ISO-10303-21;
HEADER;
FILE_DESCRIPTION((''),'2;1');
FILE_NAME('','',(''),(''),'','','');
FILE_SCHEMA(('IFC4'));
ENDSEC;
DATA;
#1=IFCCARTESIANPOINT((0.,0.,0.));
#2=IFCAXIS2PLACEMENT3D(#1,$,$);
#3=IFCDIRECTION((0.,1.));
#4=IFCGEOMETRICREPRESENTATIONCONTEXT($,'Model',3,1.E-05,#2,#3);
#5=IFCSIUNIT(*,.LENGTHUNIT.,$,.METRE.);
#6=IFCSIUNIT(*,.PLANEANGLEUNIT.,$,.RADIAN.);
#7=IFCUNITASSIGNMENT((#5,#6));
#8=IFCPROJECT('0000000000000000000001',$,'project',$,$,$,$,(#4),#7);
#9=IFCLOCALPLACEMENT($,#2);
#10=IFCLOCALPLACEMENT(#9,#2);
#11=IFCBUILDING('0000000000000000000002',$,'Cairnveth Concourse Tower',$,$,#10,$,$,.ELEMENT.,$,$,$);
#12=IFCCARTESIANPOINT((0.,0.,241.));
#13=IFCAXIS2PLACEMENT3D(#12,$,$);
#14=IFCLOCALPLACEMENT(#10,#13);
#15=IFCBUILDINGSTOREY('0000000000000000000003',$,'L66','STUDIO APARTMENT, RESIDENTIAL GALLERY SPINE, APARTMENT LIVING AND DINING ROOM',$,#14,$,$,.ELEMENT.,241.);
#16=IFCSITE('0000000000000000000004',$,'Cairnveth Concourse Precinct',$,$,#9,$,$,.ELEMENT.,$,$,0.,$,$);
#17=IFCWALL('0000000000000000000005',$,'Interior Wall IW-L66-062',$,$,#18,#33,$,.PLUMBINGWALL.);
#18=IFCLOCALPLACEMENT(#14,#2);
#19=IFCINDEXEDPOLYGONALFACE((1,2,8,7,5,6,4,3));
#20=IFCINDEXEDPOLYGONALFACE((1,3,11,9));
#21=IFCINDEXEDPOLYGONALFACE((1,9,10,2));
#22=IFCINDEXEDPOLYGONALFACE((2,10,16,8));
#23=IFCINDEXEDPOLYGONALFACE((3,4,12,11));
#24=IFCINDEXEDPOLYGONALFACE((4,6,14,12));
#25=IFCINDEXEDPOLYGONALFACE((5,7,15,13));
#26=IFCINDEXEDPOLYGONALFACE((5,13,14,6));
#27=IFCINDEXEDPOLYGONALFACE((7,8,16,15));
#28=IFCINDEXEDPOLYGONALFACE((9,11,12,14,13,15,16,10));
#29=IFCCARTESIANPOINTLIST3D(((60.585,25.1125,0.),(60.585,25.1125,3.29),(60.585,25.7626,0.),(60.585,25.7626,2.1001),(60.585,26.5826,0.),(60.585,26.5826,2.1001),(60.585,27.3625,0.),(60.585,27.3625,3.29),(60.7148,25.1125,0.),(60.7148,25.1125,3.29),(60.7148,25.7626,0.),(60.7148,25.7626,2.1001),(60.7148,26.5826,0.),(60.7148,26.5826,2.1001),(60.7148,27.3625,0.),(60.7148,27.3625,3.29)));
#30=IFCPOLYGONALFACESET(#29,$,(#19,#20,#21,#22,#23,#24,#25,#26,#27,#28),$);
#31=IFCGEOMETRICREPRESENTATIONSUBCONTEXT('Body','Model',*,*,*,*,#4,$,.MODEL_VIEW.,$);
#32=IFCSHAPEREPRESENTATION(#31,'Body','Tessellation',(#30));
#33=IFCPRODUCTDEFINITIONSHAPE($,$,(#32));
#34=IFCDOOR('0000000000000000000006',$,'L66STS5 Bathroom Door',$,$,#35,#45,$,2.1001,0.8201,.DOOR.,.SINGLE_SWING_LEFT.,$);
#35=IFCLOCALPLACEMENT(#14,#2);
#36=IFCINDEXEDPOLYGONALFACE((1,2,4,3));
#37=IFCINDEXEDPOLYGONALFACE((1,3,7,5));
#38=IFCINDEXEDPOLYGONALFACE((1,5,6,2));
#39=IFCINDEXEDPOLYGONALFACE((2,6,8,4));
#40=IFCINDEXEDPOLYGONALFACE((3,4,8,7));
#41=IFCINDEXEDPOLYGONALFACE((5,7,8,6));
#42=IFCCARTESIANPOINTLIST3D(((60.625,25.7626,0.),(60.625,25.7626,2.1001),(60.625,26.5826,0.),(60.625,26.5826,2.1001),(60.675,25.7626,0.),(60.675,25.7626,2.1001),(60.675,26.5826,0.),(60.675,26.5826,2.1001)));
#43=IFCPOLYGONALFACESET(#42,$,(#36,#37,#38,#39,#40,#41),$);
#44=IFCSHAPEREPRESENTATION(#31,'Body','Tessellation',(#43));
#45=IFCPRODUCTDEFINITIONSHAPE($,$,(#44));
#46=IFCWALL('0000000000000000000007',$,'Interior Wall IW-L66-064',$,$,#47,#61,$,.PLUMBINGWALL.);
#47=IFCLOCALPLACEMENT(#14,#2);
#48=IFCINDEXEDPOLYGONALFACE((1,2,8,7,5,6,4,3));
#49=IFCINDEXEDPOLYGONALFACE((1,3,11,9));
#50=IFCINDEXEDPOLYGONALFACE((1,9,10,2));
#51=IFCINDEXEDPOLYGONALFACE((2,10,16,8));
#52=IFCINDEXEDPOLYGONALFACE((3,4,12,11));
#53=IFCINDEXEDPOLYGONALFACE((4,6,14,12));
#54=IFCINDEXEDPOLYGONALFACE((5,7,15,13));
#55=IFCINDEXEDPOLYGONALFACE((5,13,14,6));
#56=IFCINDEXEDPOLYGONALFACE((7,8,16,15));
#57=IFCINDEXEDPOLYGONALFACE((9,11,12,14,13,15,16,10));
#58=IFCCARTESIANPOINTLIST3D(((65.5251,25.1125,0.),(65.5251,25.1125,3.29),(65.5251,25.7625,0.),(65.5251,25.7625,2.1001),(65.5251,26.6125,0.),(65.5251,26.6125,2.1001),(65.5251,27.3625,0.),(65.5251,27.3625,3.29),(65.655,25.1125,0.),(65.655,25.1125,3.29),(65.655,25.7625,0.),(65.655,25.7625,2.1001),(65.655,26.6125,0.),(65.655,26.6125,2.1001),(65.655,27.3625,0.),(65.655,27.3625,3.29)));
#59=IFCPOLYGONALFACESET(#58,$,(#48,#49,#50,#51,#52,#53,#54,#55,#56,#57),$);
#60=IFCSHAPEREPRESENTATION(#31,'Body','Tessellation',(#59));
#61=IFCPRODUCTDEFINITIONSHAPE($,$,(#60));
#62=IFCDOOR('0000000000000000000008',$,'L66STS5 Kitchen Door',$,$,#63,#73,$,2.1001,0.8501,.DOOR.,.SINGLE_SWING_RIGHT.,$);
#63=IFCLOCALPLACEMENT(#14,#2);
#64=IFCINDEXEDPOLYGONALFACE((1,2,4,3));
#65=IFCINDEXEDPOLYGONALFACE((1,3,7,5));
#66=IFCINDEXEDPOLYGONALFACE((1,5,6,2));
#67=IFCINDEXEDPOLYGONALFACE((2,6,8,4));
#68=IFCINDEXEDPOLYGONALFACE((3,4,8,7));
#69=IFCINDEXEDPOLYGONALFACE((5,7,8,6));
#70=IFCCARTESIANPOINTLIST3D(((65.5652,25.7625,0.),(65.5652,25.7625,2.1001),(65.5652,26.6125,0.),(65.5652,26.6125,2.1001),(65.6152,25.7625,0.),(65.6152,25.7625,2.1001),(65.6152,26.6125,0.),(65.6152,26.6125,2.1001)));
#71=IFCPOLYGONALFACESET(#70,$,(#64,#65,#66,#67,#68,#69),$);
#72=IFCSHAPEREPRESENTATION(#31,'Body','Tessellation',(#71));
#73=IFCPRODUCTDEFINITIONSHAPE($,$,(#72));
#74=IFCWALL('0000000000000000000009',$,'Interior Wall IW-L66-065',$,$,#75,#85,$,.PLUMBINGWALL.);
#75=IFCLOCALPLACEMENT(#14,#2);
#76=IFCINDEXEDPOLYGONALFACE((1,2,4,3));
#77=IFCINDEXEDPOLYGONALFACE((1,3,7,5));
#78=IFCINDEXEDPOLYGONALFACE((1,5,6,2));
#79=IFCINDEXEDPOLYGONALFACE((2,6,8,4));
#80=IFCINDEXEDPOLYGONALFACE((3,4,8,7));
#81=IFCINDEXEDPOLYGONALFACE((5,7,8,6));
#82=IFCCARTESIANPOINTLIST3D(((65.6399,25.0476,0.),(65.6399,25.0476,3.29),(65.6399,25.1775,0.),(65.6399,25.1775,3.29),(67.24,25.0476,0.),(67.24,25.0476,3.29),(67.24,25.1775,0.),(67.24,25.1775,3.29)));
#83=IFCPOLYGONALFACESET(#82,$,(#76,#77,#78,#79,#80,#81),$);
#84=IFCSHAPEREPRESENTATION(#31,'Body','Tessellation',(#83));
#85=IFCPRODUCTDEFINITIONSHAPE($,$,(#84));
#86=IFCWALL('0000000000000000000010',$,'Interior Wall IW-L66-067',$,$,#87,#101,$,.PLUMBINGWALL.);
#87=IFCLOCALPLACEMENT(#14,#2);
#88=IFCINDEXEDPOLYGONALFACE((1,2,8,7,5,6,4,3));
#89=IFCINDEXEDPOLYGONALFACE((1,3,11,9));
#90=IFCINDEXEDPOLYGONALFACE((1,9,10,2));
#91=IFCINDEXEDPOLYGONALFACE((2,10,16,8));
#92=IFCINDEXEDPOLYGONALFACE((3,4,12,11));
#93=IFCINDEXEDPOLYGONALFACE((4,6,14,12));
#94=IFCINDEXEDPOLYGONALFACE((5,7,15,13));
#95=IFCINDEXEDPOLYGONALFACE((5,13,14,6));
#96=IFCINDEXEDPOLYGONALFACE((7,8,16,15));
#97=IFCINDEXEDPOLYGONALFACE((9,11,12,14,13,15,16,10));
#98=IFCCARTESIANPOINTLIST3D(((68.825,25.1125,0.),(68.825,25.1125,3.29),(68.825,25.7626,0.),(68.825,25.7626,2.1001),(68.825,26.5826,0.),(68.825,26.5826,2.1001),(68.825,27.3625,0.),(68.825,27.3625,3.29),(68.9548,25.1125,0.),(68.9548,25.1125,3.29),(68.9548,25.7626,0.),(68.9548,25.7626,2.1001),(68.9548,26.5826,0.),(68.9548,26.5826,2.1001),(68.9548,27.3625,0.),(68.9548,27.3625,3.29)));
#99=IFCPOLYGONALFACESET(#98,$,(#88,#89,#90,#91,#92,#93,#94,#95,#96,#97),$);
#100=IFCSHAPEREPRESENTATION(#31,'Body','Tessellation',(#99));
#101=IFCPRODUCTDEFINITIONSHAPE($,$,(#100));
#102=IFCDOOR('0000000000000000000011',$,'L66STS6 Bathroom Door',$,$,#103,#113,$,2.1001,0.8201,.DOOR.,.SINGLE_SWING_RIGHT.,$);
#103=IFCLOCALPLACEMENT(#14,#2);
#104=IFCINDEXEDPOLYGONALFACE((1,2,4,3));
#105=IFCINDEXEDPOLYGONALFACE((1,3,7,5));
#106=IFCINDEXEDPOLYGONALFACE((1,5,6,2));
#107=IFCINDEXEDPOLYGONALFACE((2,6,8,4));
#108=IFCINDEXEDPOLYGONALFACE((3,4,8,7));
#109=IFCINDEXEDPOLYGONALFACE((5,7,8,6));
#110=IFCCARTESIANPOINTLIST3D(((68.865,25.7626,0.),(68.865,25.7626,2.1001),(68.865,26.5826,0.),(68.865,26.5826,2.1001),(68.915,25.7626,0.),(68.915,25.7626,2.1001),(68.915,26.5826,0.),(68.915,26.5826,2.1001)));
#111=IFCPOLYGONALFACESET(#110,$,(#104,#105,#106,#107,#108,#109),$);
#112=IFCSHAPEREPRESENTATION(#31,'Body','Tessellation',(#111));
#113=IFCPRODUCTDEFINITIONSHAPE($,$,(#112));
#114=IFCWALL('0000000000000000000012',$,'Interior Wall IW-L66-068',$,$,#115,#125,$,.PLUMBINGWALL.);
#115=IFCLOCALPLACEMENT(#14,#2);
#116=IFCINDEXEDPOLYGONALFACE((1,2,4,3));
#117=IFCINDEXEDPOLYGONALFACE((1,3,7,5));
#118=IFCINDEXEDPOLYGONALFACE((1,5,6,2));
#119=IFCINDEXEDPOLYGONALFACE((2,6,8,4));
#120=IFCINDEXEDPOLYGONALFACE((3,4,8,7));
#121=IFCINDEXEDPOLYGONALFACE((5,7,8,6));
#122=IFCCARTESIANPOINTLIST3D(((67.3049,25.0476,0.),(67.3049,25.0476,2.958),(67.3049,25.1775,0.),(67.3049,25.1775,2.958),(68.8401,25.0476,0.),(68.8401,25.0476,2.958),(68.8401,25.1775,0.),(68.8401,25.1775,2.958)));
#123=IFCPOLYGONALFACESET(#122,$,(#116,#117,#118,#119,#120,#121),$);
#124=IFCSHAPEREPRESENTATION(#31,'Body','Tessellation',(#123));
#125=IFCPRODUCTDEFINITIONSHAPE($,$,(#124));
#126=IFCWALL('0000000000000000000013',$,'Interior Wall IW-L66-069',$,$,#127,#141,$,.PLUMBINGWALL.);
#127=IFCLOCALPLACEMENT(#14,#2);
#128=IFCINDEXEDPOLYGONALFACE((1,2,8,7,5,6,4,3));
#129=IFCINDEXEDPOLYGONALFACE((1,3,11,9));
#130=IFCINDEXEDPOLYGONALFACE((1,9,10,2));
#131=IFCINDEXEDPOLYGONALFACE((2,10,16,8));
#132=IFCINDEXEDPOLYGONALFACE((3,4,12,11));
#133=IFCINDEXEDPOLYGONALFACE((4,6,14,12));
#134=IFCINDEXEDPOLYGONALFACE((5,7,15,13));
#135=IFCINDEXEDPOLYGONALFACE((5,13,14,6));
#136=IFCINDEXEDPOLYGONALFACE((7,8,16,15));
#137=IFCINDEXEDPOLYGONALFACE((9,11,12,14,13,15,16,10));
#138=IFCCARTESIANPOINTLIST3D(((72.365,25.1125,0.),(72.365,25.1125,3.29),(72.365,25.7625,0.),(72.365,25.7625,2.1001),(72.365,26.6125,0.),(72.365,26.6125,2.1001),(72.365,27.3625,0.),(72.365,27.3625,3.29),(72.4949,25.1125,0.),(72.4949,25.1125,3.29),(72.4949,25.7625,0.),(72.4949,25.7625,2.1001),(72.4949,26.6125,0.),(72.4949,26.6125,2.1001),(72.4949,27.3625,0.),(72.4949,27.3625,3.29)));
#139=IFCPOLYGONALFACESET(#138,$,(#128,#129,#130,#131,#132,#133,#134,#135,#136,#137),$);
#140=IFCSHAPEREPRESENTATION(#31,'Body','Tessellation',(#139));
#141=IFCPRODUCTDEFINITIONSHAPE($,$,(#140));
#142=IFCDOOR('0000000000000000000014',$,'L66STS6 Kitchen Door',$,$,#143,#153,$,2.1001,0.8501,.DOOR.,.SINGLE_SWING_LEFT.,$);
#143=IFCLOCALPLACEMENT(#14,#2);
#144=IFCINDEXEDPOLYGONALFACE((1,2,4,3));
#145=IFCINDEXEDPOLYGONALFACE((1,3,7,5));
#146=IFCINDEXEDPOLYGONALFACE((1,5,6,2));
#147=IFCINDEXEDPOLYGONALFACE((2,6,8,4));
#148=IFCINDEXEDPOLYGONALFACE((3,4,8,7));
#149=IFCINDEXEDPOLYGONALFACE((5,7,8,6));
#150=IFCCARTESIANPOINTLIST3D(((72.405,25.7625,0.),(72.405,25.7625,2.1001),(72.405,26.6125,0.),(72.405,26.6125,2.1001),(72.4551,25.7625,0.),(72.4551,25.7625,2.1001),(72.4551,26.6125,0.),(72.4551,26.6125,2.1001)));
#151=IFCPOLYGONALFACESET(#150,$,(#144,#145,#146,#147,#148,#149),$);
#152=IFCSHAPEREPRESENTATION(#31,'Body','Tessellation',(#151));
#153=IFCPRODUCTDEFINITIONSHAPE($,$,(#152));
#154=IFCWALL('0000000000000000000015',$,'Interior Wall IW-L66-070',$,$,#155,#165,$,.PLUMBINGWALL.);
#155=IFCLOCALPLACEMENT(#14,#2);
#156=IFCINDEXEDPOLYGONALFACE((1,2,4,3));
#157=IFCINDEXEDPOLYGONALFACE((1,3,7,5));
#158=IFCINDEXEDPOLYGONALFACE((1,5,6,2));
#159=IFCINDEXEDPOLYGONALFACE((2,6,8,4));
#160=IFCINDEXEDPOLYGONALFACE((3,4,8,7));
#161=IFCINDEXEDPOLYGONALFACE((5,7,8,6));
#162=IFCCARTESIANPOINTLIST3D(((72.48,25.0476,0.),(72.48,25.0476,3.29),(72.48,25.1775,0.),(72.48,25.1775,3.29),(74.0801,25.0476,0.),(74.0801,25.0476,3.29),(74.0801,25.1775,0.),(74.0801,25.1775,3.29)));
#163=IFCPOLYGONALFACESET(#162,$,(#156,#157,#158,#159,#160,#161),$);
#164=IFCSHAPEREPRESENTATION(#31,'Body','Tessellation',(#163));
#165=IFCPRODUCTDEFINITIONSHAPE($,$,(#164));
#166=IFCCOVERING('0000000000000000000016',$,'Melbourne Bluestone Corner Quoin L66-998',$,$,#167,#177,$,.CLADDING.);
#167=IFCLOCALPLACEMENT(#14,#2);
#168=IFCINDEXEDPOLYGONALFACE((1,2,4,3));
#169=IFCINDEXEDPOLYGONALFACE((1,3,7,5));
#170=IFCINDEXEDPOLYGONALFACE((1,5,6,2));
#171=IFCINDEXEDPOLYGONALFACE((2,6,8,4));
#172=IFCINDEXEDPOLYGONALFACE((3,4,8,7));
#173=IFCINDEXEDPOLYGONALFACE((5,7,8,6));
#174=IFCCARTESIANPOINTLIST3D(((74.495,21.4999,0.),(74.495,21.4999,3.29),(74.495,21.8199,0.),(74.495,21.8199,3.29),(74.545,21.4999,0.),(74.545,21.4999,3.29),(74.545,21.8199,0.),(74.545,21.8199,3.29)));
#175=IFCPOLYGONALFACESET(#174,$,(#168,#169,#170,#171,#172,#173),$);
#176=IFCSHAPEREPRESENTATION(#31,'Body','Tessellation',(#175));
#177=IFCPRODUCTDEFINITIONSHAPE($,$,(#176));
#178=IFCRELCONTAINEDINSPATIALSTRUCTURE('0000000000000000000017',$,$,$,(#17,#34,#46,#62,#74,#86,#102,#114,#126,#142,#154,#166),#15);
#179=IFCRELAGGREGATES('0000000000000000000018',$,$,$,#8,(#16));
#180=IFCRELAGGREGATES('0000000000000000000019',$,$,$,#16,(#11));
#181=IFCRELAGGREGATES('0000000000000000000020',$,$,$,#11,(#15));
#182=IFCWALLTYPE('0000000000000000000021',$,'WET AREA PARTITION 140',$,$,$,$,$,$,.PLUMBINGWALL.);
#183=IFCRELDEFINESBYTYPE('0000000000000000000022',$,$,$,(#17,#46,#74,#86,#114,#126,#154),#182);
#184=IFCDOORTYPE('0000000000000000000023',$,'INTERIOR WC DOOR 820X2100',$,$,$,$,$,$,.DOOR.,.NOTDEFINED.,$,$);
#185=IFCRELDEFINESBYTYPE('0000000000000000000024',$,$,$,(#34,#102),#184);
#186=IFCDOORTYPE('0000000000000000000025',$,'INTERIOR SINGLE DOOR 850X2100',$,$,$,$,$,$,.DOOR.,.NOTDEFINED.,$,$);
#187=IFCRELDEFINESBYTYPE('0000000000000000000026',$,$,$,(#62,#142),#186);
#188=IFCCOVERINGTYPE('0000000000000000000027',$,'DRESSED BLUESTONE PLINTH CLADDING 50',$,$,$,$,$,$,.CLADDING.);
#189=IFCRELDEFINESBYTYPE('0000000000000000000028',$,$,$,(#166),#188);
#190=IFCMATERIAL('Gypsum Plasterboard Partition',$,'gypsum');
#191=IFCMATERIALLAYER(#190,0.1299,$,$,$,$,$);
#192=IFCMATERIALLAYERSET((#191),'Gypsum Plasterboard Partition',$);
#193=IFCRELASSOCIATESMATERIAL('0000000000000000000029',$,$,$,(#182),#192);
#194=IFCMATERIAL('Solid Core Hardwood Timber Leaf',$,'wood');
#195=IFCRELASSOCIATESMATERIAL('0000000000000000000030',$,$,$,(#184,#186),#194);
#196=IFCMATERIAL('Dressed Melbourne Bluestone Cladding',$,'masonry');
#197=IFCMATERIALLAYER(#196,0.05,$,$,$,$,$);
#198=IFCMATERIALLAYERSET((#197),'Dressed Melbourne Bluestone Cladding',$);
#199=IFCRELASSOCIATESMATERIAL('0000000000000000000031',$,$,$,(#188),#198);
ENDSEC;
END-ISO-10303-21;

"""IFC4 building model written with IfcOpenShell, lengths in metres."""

from ifc_helpers import new_model, si_unit, direction, frame, frame_2d, origin, place, context, subcontext, project, spatial, rectangle, extrude, material, layer, layer_set, type_object, element, fill, save


model = new_model("IFC4")

# Units and contexts
model_context = context("Model", 3, precision=1e-05, world=origin(), true_north=direction((0.0, 1.0)))
body_context = subcontext(model_context, "Body", "Model", "MODEL_VIEW")
ifc_project = project(units=[si_unit("LENGTHUNIT", "METRE"), si_unit("PLANEANGLEUNIT", "RADIAN")], contexts=[model_context])

# Site, building, storey
site_placement = place(None, origin())
site = spatial("IfcSite", under=ifc_project, at=site_placement, Name="Cairnveth Concourse Precinct", CompositionType="ELEMENT", RefElevation=0.0)
building_placement = place(site_placement, origin())
building = spatial("IfcBuilding", under=site, at=building_placement, Name="Cairnveth Concourse Tower", CompositionType="ELEMENT")
storey_placement = place(building_placement, frame((0.0, 0.0, 241.0)))
storey = spatial("IfcBuildingStorey", under=building, at=storey_placement, Name="L66", Description="STUDIO APARTMENT, RESIDENTIAL GALLERY SPINE, APARTMENT LIVING AND DINING ROOM", CompositionType="ELEMENT", Elevation=241.0)

# Shared definitions
ifc_material_1 = material(Name="Gypsum Plasterboard Partition", Category="gypsum")
ifc_material_2 = material(Name="Solid Core Hardwood Timber Leaf", Category="wood")

# Walls, openings, doors
ifc_layer_1 = layer(ifc_material_1, 0.1299)
ifc_layer_set_1 = layer_set([ifc_layer_1], Name="Gypsum Plasterboard Partition")
wall_type_1 = type_object("IfcWallType", Name="WET AREA PARTITION 140", PredefinedType="PLUMBINGWALL", material=ifc_layer_set_1)
wall_1_placement = place(storey_placement, frame((60.6499, 25.1125, 0.0), z_axis=(0.0, 0.0, 1.0), x_axis=(0.0, 1.0, 0.0)))
wall_1 = element("IfcWall", 1, at=wall_1_placement, inside=storey, type_object=wall_type_1, Name="Interior Wall IW-L66-062", PredefinedType="PLUMBINGWALL", context=body_context, shape_type="SweptSolid", body=[
    extrude(rectangle(XDim=2.25, YDim=0.1299, at=frame_2d((1.125, 0.0))), origin(), (0.0, 0.0, 1.0), 3.29),
])
opening_1_placement = place(wall_1_placement, frame((0.6499, 0.0, 0.0)))
opening_1 = element("IfcOpeningElement", 2, at=opening_1_placement, cuts=wall_1, PredefinedType="OPENING", context=body_context, shape_type="SweptSolid", body=[
    extrude(rectangle(XDim=0.8201, YDim=2.1001, at=frame_2d((0.4102, 1.05))), frame((0.0, 0.075, 0.0), z_axis=(0.0, -1.0, 0.0), x_axis=(1.0, 0.0, 0.0)), (0.0, 0.0, 1.0), 0.1499),
])
door_type_1 = type_object("IfcDoorType", Name="INTERIOR WC DOOR 820X2100", OperationType="NOTDEFINED", PredefinedType="DOOR", material=ifc_material_2)
door_1_placement = place(opening_1_placement, origin())
door_1 = element("IfcDoor", 3, at=door_1_placement, inside=storey, type_object=door_type_1, Name="L66STS5 Bathroom Door", OperationType="SINGLE_SWING_LEFT", OverallHeight=2.1001, OverallWidth=0.8201, PredefinedType="DOOR", context=body_context, shape_type="SweptSolid", body=[
    extrude(rectangle(XDim=0.8201, YDim=2.1001, at=frame_2d((0.4102, 1.05))), frame((0.0, 0.0249, 0.0), z_axis=(0.0, -1.0, 0.0), x_axis=(1.0, 0.0, 0.0)), (0.0, 0.0, 1.0), 0.05),
])
fill(opening_1, door_1)
wall_2_placement = place(storey_placement, frame((65.5901, 25.1125, 0.0), z_axis=(0.0, 0.0, 1.0), x_axis=(0.0, 1.0, 0.0)))
wall_2 = element("IfcWall", 4, at=wall_2_placement, inside=storey, type_object=wall_type_1, Name="Interior Wall IW-L66-064", PredefinedType="PLUMBINGWALL", context=body_context, shape_type="SweptSolid", body=[
    extrude(rectangle(XDim=2.25, YDim=0.1299, at=frame_2d((1.125, 0.0))), origin(), (0.0, 0.0, 1.0), 3.29),
])
opening_2_placement = place(wall_2_placement, frame((0.6499, 0.0, 0.0)))
opening_2 = element("IfcOpeningElement", 5, at=opening_2_placement, cuts=wall_2, PredefinedType="OPENING", context=body_context, shape_type="SweptSolid", body=[
    extrude(rectangle(XDim=0.8501, YDim=2.1001, at=frame_2d((0.425, 1.05))), frame((0.0, 0.075, 0.0), z_axis=(0.0, -1.0, 0.0), x_axis=(1.0, 0.0, 0.0)), (0.0, 0.0, 1.0), 0.1499),
])
door_type_2 = type_object("IfcDoorType", Name="INTERIOR SINGLE DOOR 850X2100", OperationType="NOTDEFINED", PredefinedType="DOOR", material=ifc_material_2)
door_2_placement = place(opening_2_placement, origin())
door_2 = element("IfcDoor", 6, at=door_2_placement, inside=storey, type_object=door_type_2, Name="L66STS5 Kitchen Door", OperationType="SINGLE_SWING_RIGHT", OverallHeight=2.1001, OverallWidth=0.8501, PredefinedType="DOOR", context=body_context, shape_type="SweptSolid", body=[
    extrude(rectangle(XDim=0.8501, YDim=2.1001, at=frame_2d((0.425, 1.05))), frame((0.0, 0.0249, 0.0), z_axis=(0.0, -1.0, 0.0), x_axis=(1.0, 0.0, 0.0)), (0.0, 0.0, 1.0), 0.05),
])
fill(opening_2, door_2)

# Wall
wall_3_placement = place(storey_placement, frame((65.6399, 25.1125, 0.0), z_axis=(0.0, 0.0, 1.0), x_axis=(1.0, 0.0, 0.0)))
element("IfcWall", 7, at=wall_3_placement, inside=storey, type_object=wall_type_1, Name="Interior Wall IW-L66-065", PredefinedType="PLUMBINGWALL", context=body_context, shape_type="SweptSolid", body=[
    extrude(rectangle(XDim=1.6001, YDim=0.1299, at=frame_2d((0.8, 0.0))), origin(), (0.0, 0.0, 1.0), 3.29),
])

# Wall, opening, door
wall_4_placement = place(storey_placement, frame((68.8899, 25.1125, 0.0), z_axis=(0.0, 0.0, 1.0), x_axis=(0.0, 1.0, 0.0)))
wall_4 = element("IfcWall", 8, at=wall_4_placement, inside=storey, type_object=wall_type_1, Name="Interior Wall IW-L66-067", PredefinedType="PLUMBINGWALL", context=body_context, shape_type="SweptSolid", body=[
    extrude(rectangle(XDim=2.25, YDim=0.1299, at=frame_2d((1.125, 0.0))), origin(), (0.0, 0.0, 1.0), 3.29),
])
opening_3_placement = place(wall_4_placement, frame((0.6499, 0.0, 0.0)))
opening_3 = element("IfcOpeningElement", 9, at=opening_3_placement, cuts=wall_4, PredefinedType="OPENING", context=body_context, shape_type="SweptSolid", body=[
    extrude(rectangle(XDim=0.8201, YDim=2.1001, at=frame_2d((0.4102, 1.05))), frame((0.0, 0.075, 0.0), z_axis=(0.0, -1.0, 0.0), x_axis=(1.0, 0.0, 0.0)), (0.0, 0.0, 1.0), 0.1499),
])
door_3_placement = place(opening_3_placement, origin())
door_3 = element("IfcDoor", 10, at=door_3_placement, inside=storey, type_object=door_type_1, Name="L66STS6 Bathroom Door", OperationType="SINGLE_SWING_RIGHT", OverallHeight=2.1001, OverallWidth=0.8201, PredefinedType="DOOR", context=body_context, shape_type="SweptSolid", body=[
    extrude(rectangle(XDim=0.8201, YDim=2.1001, at=frame_2d((0.4102, 1.05))), frame((0.0, 0.0249, 0.0), z_axis=(0.0, -1.0, 0.0), x_axis=(1.0, 0.0, 0.0)), (0.0, 0.0, 1.0), 0.05),
])
fill(opening_3, door_3)

# Wall
wall_5_placement = place(storey_placement, frame((67.3049, 25.1125, 0.0), z_axis=(0.0, 0.0, 1.0), x_axis=(1.0, 0.0, 0.0)))
element("IfcWall", 11, at=wall_5_placement, inside=storey, type_object=wall_type_1, Name="Interior Wall IW-L66-068", PredefinedType="PLUMBINGWALL", context=body_context, shape_type="SweptSolid", body=[
    extrude(rectangle(XDim=1.5352, YDim=0.1299, at=frame_2d((0.7676, 0.0))), origin(), (0.0, 0.0, 1.0), 2.958),
])

# Wall, opening, door
wall_6_placement = place(storey_placement, frame((72.4299, 25.1125, 0.0), z_axis=(0.0, 0.0, 1.0), x_axis=(0.0, 1.0, 0.0)))
wall_6 = element("IfcWall", 12, at=wall_6_placement, inside=storey, type_object=wall_type_1, Name="Interior Wall IW-L66-069", PredefinedType="PLUMBINGWALL", context=body_context, shape_type="SweptSolid", body=[
    extrude(rectangle(XDim=2.25, YDim=0.1299, at=frame_2d((1.125, 0.0))), origin(), (0.0, 0.0, 1.0), 3.29),
])
opening_4_placement = place(wall_6_placement, frame((0.6499, 0.0, 0.0)))
opening_4 = element("IfcOpeningElement", 13, at=opening_4_placement, cuts=wall_6, PredefinedType="OPENING", context=body_context, shape_type="SweptSolid", body=[
    extrude(rectangle(XDim=0.8501, YDim=2.1001, at=frame_2d((0.425, 1.05))), frame((0.0, 0.075, 0.0), z_axis=(0.0, -1.0, 0.0), x_axis=(1.0, 0.0, 0.0)), (0.0, 0.0, 1.0), 0.1499),
])
door_4_placement = place(opening_4_placement, origin())
door_4 = element("IfcDoor", 14, at=door_4_placement, inside=storey, type_object=door_type_2, Name="L66STS6 Kitchen Door", OperationType="SINGLE_SWING_LEFT", OverallHeight=2.1001, OverallWidth=0.8501, PredefinedType="DOOR", context=body_context, shape_type="SweptSolid", body=[
    extrude(rectangle(XDim=0.8501, YDim=2.1001, at=frame_2d((0.425, 1.05))), frame((0.0, 0.0249, 0.0), z_axis=(0.0, -1.0, 0.0), x_axis=(1.0, 0.0, 0.0)), (0.0, 0.0, 1.0), 0.05),
])
fill(opening_4, door_4)

# Wall
wall_7_placement = place(storey_placement, frame((72.48, 25.1125, 0.0), z_axis=(0.0, 0.0, 1.0), x_axis=(1.0, 0.0, 0.0)))
element("IfcWall", 15, at=wall_7_placement, inside=storey, type_object=wall_type_1, Name="Interior Wall IW-L66-070", PredefinedType="PLUMBINGWALL", context=body_context, shape_type="SweptSolid", body=[
    extrude(rectangle(XDim=1.6001, YDim=0.1299, at=frame_2d((0.8, 0.0))), origin(), (0.0, 0.0, 1.0), 3.29),
])

# Covering
ifc_material_3 = material(Name="Dressed Melbourne Bluestone Cladding", Category="masonry")
ifc_layer_2 = layer(ifc_material_3, 0.05)
ifc_layer_set_2 = layer_set([ifc_layer_2], Name="Dressed Melbourne Bluestone Cladding")
covering_type = type_object("IfcCoveringType", Name="DRESSED BLUESTONE PLINTH CLADDING 50", PredefinedType="CLADDING", material=ifc_layer_set_2)
for number, where, z_axis, x_axis, name in (
    (16, (74.52, 21.8201, 0.0), (0.0, 0.0, 1.0), (0.0, -1.0, 0.0), "Melbourne Bluestone Corner Quoin L66-998"),
):
    element("IfcCovering", number, at=place(storey_placement, frame(where, z_axis=z_axis, x_axis=x_axis)), inside=storey, type_object=covering_type, Name=name, PredefinedType="CLADDING", context=body_context, shape_type="SweptSolid", body=[
        extrude(rectangle(XDim=0.3201, YDim=0.05, at=frame_2d((0.1602, 0.0))), origin(), (0.0, 0.0, 1.0), 3.29),
    ])

save(model, "model.ifc")
